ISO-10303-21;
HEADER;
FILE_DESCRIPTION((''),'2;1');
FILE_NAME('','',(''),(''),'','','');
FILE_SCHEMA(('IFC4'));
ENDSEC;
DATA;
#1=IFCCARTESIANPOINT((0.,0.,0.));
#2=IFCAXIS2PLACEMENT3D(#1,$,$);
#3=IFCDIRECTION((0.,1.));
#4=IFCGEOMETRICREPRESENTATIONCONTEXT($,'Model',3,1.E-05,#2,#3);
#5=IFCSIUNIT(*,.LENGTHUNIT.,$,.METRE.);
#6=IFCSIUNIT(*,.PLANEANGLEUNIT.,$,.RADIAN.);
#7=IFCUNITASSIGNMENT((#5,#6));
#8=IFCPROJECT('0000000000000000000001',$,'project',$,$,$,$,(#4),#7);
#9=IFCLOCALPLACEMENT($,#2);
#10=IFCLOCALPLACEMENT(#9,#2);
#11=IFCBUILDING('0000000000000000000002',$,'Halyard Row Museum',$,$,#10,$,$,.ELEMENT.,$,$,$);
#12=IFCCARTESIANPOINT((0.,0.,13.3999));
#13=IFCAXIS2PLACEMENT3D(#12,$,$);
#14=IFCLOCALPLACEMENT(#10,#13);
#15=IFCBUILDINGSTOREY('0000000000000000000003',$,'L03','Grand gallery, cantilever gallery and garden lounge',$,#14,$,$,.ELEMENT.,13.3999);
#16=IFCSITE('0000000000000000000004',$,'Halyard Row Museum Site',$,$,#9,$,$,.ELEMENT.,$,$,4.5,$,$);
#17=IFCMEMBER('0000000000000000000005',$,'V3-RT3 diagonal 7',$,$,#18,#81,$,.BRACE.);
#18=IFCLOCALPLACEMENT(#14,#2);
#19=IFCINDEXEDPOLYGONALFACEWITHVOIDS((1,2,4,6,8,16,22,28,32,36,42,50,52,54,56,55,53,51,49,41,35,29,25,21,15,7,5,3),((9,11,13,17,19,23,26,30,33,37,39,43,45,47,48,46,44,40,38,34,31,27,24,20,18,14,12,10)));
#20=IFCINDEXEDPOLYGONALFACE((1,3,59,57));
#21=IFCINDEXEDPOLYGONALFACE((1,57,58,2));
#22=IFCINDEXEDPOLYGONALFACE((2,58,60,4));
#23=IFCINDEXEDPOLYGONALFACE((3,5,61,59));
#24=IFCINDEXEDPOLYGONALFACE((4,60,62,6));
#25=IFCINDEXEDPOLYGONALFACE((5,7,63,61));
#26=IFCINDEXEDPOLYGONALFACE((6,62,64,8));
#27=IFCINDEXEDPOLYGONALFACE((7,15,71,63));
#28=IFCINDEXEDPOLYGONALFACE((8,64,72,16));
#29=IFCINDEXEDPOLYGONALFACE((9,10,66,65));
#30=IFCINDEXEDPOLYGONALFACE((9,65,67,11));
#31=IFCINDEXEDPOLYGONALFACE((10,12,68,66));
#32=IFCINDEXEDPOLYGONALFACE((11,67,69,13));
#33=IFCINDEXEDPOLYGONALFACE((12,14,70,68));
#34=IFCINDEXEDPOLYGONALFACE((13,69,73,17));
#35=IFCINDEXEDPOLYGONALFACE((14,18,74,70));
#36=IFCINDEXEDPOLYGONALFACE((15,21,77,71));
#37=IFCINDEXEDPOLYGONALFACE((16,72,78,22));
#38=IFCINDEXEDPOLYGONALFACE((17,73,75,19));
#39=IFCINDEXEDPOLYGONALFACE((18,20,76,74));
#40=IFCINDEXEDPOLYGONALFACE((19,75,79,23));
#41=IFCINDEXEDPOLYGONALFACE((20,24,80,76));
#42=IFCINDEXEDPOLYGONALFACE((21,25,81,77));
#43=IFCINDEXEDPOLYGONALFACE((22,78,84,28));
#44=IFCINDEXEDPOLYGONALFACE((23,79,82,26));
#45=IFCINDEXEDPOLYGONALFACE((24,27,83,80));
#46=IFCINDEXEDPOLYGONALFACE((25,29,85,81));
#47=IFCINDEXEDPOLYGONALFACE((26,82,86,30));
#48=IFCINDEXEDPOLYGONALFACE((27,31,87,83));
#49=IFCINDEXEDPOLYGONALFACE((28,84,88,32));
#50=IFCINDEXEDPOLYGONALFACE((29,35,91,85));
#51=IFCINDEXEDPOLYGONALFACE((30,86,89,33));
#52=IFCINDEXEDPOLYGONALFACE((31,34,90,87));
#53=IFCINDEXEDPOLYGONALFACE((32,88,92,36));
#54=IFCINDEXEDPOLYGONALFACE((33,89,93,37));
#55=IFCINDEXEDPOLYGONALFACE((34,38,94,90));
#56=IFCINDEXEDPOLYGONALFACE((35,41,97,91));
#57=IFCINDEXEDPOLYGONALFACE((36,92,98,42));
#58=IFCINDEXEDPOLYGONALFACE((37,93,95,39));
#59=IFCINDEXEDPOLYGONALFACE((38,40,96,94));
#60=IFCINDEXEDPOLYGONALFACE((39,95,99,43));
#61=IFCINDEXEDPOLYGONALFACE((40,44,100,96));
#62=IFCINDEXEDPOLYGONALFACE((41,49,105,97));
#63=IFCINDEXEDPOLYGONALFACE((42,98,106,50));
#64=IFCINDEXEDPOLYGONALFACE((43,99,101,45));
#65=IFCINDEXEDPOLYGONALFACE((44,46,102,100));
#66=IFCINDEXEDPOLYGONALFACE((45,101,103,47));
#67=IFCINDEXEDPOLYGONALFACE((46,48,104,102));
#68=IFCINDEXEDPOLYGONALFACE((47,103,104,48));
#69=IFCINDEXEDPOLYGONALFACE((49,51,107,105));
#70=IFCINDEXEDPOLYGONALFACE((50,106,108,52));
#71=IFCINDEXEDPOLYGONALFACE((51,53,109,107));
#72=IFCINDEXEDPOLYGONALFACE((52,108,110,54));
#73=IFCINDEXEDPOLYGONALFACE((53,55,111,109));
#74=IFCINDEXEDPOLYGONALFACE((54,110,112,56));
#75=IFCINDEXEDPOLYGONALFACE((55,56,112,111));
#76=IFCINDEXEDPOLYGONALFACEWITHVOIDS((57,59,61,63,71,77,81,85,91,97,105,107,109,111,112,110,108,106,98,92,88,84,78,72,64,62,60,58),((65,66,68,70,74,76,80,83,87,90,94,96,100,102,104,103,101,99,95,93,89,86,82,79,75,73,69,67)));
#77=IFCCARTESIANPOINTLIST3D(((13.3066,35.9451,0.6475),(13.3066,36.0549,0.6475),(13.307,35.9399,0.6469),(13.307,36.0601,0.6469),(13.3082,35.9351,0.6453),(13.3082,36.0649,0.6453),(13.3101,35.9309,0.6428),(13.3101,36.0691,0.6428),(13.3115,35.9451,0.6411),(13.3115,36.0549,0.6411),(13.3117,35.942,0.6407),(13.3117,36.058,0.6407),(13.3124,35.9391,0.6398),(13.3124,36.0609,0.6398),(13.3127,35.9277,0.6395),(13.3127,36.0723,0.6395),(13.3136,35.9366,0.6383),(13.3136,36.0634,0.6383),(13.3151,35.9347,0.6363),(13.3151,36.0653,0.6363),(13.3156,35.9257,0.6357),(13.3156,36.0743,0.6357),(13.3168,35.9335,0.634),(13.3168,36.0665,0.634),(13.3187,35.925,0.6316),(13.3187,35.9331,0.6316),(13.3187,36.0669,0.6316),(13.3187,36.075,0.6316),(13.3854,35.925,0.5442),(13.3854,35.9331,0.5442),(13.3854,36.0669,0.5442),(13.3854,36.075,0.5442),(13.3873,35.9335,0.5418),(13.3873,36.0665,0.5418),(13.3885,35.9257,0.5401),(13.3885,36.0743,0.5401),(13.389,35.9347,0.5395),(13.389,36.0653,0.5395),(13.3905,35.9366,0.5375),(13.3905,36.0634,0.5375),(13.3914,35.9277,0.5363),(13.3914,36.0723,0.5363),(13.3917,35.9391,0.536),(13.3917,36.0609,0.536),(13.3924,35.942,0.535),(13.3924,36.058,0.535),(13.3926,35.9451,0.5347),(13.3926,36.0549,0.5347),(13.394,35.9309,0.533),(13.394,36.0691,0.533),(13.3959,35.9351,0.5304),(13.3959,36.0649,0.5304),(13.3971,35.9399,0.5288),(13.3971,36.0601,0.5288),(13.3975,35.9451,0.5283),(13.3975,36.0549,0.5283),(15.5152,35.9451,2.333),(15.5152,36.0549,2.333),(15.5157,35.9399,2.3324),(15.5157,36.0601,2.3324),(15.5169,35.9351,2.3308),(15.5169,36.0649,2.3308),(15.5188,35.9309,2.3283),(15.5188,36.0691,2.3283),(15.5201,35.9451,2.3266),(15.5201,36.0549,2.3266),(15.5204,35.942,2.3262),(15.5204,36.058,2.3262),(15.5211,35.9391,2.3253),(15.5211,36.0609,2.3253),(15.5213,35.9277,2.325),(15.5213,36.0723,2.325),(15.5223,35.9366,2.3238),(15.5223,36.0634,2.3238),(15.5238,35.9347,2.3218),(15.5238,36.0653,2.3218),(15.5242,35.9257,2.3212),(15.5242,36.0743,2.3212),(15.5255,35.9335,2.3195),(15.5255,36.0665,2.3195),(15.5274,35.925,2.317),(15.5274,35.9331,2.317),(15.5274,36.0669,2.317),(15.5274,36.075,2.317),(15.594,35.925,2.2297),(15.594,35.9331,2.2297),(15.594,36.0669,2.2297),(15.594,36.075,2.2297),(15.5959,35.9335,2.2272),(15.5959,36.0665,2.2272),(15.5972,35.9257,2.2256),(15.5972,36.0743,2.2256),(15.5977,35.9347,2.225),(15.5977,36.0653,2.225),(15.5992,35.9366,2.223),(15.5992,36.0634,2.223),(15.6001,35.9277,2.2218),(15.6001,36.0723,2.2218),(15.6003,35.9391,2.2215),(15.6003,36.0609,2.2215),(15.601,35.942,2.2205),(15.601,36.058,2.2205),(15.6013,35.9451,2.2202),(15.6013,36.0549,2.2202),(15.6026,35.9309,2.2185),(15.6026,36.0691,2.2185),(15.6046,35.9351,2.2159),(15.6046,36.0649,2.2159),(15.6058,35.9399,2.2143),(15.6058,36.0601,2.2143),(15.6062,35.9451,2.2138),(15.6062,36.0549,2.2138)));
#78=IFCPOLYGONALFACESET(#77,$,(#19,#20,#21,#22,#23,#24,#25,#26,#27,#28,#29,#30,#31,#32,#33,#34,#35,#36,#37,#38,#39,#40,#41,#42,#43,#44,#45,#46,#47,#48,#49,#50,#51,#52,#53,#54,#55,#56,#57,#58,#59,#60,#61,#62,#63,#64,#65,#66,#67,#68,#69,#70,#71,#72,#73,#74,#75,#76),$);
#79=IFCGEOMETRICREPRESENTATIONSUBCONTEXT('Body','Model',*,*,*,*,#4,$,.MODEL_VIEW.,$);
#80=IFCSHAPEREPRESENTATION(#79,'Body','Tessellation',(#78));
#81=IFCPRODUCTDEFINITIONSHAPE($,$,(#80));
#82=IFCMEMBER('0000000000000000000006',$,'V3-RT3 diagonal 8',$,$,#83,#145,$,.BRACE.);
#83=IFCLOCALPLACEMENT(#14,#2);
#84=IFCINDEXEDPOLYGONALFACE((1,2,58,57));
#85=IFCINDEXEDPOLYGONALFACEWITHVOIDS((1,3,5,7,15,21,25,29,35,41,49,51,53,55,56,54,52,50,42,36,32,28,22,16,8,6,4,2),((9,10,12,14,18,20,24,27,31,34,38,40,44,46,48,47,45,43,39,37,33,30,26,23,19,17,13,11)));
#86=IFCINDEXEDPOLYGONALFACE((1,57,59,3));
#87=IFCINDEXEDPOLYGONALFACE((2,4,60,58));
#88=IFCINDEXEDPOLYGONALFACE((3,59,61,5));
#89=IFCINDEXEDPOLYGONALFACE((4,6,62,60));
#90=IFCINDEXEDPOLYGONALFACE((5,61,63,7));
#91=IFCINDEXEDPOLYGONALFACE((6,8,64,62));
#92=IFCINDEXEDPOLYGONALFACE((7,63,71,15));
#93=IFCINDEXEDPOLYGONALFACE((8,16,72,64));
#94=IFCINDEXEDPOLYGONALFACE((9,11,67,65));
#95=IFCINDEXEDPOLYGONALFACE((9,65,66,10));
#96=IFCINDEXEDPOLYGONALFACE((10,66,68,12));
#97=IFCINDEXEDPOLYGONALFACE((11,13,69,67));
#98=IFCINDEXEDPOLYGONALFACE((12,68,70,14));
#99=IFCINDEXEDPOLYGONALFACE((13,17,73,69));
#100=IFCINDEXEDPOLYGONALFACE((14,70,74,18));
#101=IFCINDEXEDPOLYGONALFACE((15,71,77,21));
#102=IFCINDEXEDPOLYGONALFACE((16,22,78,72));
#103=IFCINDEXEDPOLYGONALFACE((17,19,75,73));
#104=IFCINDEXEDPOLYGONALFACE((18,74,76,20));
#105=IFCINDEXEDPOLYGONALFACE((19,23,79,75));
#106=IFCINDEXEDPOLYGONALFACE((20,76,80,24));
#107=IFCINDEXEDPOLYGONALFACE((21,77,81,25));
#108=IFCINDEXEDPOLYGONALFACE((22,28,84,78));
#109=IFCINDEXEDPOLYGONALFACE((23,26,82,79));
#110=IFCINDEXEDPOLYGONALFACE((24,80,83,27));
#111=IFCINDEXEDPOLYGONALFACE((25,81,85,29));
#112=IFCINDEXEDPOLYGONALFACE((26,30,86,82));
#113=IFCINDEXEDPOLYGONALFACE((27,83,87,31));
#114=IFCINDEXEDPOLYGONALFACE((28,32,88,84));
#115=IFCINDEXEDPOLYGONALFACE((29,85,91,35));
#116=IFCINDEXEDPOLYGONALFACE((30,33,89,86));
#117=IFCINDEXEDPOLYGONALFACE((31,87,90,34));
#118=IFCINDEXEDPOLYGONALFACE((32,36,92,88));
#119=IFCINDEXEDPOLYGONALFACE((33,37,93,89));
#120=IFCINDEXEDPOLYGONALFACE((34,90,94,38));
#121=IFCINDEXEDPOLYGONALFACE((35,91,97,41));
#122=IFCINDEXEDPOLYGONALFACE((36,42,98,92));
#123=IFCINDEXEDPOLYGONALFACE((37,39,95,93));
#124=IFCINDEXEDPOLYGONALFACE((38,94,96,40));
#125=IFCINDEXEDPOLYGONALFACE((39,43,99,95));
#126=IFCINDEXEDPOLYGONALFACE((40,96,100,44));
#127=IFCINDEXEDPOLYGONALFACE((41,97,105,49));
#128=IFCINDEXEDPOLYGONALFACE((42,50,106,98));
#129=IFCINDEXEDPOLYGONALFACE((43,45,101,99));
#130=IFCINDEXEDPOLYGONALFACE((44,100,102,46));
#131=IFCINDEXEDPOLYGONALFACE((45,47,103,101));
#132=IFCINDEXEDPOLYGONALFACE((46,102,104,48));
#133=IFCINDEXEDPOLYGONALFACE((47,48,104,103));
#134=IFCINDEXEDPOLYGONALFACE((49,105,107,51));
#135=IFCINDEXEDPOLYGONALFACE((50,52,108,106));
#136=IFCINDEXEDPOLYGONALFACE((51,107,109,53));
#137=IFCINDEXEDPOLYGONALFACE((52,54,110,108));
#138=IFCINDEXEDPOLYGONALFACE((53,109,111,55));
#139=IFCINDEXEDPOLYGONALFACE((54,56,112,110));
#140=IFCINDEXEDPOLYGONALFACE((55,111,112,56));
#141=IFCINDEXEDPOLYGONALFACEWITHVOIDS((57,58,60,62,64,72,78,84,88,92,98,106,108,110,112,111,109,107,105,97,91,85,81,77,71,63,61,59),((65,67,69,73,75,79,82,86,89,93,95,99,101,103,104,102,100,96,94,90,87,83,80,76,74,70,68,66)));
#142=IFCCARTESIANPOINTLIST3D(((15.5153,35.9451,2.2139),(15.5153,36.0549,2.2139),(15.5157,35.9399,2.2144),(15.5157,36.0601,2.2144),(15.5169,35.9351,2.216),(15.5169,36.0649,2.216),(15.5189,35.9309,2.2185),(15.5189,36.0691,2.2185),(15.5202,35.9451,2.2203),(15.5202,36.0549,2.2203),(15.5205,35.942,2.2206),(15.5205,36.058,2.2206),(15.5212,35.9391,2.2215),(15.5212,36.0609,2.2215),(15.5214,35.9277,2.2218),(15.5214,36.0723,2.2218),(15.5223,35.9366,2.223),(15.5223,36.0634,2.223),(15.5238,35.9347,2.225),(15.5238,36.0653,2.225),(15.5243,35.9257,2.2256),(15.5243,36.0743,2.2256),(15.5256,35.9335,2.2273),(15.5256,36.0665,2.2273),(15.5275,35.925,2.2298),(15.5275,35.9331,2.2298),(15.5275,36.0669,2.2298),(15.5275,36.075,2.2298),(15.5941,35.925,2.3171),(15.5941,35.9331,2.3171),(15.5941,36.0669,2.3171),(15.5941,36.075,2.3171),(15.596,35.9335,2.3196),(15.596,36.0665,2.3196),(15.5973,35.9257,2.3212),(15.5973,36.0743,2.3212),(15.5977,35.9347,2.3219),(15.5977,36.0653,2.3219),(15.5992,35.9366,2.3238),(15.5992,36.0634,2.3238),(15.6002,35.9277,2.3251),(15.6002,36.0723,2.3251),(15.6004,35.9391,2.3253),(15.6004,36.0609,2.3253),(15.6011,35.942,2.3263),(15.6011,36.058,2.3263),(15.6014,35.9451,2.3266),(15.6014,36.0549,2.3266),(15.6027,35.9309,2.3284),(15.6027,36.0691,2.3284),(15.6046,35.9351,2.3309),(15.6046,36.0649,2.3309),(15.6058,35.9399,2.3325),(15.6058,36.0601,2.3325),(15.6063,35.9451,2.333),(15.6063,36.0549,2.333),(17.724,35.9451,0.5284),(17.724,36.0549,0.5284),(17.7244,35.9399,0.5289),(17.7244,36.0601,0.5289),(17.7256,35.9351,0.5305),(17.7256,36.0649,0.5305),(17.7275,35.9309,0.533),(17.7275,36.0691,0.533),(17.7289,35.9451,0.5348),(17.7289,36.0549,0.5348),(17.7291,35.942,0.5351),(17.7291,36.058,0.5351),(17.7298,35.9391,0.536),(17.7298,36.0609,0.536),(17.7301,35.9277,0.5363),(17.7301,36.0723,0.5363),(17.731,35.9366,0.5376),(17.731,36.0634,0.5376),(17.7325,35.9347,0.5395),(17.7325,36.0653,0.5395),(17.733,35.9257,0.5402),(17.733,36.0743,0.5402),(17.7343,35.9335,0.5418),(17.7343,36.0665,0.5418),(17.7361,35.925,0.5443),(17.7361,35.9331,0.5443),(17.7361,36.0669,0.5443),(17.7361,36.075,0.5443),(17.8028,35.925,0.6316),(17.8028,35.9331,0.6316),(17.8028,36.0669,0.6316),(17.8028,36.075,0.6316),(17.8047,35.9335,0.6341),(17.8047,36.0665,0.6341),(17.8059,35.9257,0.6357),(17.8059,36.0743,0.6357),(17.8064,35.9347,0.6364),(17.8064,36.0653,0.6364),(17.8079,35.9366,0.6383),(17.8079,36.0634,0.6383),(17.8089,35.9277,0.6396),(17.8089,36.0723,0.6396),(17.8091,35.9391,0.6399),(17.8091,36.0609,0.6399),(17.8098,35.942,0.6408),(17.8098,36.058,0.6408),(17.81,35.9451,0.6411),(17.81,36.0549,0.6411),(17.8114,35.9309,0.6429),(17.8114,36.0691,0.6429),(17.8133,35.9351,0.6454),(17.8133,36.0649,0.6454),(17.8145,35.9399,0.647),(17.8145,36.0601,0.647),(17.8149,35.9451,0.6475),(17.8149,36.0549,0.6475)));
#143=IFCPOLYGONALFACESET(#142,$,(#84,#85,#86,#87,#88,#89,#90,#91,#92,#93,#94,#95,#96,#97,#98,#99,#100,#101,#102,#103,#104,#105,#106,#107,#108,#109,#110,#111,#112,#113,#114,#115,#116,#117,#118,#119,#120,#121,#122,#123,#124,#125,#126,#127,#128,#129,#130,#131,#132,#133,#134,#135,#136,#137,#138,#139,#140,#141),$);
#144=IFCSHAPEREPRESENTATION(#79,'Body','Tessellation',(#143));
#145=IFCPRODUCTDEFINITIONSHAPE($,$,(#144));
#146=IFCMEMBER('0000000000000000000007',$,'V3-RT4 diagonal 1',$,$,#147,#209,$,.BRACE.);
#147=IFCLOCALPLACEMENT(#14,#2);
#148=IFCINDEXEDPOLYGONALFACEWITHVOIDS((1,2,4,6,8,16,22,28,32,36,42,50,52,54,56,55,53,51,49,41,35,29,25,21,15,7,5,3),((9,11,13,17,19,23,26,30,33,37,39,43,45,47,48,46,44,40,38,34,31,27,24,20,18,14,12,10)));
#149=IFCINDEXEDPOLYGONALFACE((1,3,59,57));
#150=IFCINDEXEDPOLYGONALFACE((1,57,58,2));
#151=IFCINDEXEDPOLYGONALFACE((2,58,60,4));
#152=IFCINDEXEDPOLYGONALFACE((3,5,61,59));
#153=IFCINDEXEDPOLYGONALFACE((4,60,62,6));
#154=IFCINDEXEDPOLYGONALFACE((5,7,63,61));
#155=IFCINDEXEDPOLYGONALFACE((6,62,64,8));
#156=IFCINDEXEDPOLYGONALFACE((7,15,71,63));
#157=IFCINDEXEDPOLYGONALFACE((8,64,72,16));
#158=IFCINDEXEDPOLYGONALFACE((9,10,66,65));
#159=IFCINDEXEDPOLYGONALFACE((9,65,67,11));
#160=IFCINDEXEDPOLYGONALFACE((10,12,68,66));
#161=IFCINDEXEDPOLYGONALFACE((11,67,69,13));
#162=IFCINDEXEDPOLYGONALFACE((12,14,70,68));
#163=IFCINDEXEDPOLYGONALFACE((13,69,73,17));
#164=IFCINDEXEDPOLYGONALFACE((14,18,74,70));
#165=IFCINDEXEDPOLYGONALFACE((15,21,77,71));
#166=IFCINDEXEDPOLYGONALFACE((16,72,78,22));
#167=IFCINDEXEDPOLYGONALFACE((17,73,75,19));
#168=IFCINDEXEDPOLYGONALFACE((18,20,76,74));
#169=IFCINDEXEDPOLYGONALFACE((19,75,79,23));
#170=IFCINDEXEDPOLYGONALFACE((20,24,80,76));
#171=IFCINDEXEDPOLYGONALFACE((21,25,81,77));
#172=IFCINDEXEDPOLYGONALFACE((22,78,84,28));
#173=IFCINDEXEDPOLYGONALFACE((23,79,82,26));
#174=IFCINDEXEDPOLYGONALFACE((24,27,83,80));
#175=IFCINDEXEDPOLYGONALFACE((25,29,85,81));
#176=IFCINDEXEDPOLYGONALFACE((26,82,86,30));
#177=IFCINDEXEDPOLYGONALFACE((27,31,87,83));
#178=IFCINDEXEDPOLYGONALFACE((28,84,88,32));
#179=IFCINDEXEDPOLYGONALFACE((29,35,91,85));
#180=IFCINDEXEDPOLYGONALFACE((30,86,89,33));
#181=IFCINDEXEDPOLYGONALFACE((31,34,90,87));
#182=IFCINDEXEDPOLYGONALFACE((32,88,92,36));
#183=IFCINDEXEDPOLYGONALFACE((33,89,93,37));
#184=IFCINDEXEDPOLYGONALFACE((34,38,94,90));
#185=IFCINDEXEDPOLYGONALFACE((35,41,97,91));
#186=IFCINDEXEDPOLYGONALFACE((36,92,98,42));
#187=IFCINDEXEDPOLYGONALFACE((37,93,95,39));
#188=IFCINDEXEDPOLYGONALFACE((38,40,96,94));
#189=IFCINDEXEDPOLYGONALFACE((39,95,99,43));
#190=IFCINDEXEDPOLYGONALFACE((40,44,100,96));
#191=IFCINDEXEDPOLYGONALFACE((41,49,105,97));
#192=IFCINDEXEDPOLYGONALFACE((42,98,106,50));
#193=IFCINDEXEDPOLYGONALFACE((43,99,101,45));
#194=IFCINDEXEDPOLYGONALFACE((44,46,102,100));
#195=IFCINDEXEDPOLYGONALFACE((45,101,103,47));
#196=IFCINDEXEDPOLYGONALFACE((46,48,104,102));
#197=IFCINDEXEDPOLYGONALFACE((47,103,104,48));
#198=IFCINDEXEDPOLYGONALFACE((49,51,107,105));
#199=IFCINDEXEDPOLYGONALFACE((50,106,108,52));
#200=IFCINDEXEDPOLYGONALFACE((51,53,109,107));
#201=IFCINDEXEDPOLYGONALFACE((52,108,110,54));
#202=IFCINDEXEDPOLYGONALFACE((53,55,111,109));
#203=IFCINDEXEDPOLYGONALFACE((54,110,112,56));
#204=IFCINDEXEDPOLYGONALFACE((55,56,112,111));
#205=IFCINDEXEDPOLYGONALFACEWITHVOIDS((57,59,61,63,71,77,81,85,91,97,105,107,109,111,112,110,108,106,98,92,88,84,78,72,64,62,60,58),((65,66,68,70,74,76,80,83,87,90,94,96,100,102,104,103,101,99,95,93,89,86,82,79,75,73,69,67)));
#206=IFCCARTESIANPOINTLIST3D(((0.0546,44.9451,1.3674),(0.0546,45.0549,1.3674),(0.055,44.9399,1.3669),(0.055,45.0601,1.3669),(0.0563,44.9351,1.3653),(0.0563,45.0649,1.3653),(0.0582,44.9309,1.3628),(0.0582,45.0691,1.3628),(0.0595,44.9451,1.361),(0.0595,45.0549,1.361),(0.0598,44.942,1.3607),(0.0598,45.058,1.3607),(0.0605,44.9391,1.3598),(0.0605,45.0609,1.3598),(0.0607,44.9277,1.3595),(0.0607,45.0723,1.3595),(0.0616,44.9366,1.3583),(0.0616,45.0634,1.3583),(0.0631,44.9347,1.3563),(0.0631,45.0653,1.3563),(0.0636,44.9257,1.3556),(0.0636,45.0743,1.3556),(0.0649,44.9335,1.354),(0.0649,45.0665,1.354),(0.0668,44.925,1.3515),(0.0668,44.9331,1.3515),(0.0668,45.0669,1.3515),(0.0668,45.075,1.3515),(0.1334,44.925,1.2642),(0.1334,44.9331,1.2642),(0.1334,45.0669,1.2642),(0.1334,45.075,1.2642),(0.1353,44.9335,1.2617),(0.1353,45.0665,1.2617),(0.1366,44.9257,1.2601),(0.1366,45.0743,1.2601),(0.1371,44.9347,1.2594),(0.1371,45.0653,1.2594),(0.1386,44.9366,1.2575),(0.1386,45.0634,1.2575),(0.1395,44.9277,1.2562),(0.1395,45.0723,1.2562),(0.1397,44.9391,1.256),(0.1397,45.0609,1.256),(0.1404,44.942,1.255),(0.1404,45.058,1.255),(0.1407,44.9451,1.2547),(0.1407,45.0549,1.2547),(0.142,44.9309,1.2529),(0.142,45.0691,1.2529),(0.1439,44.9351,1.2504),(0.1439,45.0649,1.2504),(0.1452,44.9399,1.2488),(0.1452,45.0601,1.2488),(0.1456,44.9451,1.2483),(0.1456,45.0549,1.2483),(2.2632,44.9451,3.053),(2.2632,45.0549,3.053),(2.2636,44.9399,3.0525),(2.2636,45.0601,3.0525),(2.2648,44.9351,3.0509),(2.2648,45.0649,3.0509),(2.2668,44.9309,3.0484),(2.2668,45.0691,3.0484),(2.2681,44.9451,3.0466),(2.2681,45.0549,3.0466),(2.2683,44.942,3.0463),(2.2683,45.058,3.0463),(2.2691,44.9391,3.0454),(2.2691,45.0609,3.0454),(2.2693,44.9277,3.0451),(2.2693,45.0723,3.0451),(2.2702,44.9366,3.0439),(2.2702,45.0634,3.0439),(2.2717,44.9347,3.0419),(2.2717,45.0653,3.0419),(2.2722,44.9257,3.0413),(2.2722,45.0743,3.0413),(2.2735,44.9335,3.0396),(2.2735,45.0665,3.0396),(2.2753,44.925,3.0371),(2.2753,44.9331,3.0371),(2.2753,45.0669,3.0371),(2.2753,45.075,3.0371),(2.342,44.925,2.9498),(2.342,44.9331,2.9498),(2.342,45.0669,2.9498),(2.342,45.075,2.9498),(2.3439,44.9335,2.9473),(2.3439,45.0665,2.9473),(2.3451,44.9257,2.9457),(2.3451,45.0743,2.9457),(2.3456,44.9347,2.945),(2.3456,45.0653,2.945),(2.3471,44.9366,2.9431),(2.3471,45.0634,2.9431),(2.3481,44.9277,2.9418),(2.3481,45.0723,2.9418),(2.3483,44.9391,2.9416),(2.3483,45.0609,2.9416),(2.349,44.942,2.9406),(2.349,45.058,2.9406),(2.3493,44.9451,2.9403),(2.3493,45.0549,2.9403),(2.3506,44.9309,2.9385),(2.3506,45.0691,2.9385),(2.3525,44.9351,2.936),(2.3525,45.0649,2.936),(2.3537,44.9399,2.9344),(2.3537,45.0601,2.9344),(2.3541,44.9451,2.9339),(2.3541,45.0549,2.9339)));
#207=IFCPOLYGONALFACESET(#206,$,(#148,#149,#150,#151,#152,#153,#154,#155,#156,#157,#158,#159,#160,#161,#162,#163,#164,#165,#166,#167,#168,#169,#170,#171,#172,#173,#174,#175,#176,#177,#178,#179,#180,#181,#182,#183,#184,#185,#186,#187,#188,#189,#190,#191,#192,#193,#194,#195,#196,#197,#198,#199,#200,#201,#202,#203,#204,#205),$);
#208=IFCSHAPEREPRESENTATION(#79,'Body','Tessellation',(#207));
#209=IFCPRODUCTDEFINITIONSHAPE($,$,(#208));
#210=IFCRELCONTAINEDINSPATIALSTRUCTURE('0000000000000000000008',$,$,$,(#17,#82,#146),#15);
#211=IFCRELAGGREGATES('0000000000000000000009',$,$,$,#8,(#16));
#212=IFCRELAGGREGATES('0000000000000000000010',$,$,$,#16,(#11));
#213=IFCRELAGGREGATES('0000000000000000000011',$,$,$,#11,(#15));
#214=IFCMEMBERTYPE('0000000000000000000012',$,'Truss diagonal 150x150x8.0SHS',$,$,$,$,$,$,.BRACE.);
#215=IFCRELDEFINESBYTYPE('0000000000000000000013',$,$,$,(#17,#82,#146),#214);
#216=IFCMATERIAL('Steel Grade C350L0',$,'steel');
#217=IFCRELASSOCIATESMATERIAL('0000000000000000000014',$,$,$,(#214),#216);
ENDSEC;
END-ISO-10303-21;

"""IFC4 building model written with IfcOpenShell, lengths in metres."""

from ifc_helpers import new_model, si_unit, direction, frame, origin, origin_2d, place, context, subcontext, project, spatial, hollow_rectangle, extrude, material, material_profile, profile_set, type_object, element, save


model = new_model("IFC4")

# Units and contexts
model_context = context("Model", 3, precision=1e-05, world=origin(), true_north=direction((0.0, 1.0)))
body_context = subcontext(model_context, "Body", "Model", "MODEL_VIEW")
ifc_project = project(units=[si_unit("LENGTHUNIT", "METRE"), si_unit("PLANEANGLEUNIT", "RADIAN")], contexts=[model_context])

# Site, building, storey
site_placement = place(None, origin())
site = spatial("IfcSite", under=ifc_project, at=site_placement, Name="Halyard Row Museum Site", CompositionType="ELEMENT", RefElevation=4.5)
building_placement = place(site_placement, origin())
building = spatial("IfcBuilding", under=site, at=building_placement, Name="Halyard Row Museum", CompositionType="ELEMENT")
storey_placement = place(building_placement, frame((0.0, 0.0, 13.3999)))
storey = spatial("IfcBuildingStorey", under=building, at=storey_placement, Name="L03", Description="Grand gallery, cantilever gallery and garden lounge", CompositionType="ELEMENT", Elevation=13.3999)

# Members
ifc_material_1 = material(Name="Steel Grade C350L0", Category="steel")
ifc_material_profile_1 = material_profile(ifc_material_1, hollow_rectangle(XDim=0.1499, YDim=0.1499, WallThickness=0.0081, InnerFilletRadius=0.012, OuterFilletRadius=0.02, at=origin_2d()), Name="150x150x8.0SHS")
ifc_profile_set_1 = profile_set([ifc_material_profile_1], Name="Steel Grade C350L0")
member_type_1 = type_object("IfcMemberType", Name="Truss diagonal 150x150x8.0SHS", PredefinedType="BRACE", material=ifc_profile_set_1)
for number, where, z_axis, x_axis, name in (
    (1, (13.3521, 36.0, 0.5879), (0.794964, 0.0, 0.606657), (0.0, 1.0, 0.0), "V3-RT3 diagonal 7"),
    (2, (15.5608, 36.0, 2.2734), (0.794964, 0.0, -0.606657), (0.0, 1.0, 0.0), "V3-RT3 diagonal 8"),
    (3, (0.1001, 45.0, 1.3079), (0.794931, 0.0, 0.6067), (0.0, 1.0, 0.0), "V3-RT4 diagonal 1"),
):
    element("IfcMember", number, at=place(storey_placement, frame(where, z_axis=z_axis, x_axis=x_axis)), inside=storey, type_object=member_type_1, Name=name, PredefinedType="BRACE", context=body_context, shape_type="SweptSolid", body=[
        extrude(hollow_rectangle(XDim=0.1499, YDim=0.1499, WallThickness=0.0081, InnerFilletRadius=0.012, OuterFilletRadius=0.02, at=origin_2d()), origin(), (0.0, 0.0, 1.0), 2.7783),
    ])

save(model, "model.ifc")
